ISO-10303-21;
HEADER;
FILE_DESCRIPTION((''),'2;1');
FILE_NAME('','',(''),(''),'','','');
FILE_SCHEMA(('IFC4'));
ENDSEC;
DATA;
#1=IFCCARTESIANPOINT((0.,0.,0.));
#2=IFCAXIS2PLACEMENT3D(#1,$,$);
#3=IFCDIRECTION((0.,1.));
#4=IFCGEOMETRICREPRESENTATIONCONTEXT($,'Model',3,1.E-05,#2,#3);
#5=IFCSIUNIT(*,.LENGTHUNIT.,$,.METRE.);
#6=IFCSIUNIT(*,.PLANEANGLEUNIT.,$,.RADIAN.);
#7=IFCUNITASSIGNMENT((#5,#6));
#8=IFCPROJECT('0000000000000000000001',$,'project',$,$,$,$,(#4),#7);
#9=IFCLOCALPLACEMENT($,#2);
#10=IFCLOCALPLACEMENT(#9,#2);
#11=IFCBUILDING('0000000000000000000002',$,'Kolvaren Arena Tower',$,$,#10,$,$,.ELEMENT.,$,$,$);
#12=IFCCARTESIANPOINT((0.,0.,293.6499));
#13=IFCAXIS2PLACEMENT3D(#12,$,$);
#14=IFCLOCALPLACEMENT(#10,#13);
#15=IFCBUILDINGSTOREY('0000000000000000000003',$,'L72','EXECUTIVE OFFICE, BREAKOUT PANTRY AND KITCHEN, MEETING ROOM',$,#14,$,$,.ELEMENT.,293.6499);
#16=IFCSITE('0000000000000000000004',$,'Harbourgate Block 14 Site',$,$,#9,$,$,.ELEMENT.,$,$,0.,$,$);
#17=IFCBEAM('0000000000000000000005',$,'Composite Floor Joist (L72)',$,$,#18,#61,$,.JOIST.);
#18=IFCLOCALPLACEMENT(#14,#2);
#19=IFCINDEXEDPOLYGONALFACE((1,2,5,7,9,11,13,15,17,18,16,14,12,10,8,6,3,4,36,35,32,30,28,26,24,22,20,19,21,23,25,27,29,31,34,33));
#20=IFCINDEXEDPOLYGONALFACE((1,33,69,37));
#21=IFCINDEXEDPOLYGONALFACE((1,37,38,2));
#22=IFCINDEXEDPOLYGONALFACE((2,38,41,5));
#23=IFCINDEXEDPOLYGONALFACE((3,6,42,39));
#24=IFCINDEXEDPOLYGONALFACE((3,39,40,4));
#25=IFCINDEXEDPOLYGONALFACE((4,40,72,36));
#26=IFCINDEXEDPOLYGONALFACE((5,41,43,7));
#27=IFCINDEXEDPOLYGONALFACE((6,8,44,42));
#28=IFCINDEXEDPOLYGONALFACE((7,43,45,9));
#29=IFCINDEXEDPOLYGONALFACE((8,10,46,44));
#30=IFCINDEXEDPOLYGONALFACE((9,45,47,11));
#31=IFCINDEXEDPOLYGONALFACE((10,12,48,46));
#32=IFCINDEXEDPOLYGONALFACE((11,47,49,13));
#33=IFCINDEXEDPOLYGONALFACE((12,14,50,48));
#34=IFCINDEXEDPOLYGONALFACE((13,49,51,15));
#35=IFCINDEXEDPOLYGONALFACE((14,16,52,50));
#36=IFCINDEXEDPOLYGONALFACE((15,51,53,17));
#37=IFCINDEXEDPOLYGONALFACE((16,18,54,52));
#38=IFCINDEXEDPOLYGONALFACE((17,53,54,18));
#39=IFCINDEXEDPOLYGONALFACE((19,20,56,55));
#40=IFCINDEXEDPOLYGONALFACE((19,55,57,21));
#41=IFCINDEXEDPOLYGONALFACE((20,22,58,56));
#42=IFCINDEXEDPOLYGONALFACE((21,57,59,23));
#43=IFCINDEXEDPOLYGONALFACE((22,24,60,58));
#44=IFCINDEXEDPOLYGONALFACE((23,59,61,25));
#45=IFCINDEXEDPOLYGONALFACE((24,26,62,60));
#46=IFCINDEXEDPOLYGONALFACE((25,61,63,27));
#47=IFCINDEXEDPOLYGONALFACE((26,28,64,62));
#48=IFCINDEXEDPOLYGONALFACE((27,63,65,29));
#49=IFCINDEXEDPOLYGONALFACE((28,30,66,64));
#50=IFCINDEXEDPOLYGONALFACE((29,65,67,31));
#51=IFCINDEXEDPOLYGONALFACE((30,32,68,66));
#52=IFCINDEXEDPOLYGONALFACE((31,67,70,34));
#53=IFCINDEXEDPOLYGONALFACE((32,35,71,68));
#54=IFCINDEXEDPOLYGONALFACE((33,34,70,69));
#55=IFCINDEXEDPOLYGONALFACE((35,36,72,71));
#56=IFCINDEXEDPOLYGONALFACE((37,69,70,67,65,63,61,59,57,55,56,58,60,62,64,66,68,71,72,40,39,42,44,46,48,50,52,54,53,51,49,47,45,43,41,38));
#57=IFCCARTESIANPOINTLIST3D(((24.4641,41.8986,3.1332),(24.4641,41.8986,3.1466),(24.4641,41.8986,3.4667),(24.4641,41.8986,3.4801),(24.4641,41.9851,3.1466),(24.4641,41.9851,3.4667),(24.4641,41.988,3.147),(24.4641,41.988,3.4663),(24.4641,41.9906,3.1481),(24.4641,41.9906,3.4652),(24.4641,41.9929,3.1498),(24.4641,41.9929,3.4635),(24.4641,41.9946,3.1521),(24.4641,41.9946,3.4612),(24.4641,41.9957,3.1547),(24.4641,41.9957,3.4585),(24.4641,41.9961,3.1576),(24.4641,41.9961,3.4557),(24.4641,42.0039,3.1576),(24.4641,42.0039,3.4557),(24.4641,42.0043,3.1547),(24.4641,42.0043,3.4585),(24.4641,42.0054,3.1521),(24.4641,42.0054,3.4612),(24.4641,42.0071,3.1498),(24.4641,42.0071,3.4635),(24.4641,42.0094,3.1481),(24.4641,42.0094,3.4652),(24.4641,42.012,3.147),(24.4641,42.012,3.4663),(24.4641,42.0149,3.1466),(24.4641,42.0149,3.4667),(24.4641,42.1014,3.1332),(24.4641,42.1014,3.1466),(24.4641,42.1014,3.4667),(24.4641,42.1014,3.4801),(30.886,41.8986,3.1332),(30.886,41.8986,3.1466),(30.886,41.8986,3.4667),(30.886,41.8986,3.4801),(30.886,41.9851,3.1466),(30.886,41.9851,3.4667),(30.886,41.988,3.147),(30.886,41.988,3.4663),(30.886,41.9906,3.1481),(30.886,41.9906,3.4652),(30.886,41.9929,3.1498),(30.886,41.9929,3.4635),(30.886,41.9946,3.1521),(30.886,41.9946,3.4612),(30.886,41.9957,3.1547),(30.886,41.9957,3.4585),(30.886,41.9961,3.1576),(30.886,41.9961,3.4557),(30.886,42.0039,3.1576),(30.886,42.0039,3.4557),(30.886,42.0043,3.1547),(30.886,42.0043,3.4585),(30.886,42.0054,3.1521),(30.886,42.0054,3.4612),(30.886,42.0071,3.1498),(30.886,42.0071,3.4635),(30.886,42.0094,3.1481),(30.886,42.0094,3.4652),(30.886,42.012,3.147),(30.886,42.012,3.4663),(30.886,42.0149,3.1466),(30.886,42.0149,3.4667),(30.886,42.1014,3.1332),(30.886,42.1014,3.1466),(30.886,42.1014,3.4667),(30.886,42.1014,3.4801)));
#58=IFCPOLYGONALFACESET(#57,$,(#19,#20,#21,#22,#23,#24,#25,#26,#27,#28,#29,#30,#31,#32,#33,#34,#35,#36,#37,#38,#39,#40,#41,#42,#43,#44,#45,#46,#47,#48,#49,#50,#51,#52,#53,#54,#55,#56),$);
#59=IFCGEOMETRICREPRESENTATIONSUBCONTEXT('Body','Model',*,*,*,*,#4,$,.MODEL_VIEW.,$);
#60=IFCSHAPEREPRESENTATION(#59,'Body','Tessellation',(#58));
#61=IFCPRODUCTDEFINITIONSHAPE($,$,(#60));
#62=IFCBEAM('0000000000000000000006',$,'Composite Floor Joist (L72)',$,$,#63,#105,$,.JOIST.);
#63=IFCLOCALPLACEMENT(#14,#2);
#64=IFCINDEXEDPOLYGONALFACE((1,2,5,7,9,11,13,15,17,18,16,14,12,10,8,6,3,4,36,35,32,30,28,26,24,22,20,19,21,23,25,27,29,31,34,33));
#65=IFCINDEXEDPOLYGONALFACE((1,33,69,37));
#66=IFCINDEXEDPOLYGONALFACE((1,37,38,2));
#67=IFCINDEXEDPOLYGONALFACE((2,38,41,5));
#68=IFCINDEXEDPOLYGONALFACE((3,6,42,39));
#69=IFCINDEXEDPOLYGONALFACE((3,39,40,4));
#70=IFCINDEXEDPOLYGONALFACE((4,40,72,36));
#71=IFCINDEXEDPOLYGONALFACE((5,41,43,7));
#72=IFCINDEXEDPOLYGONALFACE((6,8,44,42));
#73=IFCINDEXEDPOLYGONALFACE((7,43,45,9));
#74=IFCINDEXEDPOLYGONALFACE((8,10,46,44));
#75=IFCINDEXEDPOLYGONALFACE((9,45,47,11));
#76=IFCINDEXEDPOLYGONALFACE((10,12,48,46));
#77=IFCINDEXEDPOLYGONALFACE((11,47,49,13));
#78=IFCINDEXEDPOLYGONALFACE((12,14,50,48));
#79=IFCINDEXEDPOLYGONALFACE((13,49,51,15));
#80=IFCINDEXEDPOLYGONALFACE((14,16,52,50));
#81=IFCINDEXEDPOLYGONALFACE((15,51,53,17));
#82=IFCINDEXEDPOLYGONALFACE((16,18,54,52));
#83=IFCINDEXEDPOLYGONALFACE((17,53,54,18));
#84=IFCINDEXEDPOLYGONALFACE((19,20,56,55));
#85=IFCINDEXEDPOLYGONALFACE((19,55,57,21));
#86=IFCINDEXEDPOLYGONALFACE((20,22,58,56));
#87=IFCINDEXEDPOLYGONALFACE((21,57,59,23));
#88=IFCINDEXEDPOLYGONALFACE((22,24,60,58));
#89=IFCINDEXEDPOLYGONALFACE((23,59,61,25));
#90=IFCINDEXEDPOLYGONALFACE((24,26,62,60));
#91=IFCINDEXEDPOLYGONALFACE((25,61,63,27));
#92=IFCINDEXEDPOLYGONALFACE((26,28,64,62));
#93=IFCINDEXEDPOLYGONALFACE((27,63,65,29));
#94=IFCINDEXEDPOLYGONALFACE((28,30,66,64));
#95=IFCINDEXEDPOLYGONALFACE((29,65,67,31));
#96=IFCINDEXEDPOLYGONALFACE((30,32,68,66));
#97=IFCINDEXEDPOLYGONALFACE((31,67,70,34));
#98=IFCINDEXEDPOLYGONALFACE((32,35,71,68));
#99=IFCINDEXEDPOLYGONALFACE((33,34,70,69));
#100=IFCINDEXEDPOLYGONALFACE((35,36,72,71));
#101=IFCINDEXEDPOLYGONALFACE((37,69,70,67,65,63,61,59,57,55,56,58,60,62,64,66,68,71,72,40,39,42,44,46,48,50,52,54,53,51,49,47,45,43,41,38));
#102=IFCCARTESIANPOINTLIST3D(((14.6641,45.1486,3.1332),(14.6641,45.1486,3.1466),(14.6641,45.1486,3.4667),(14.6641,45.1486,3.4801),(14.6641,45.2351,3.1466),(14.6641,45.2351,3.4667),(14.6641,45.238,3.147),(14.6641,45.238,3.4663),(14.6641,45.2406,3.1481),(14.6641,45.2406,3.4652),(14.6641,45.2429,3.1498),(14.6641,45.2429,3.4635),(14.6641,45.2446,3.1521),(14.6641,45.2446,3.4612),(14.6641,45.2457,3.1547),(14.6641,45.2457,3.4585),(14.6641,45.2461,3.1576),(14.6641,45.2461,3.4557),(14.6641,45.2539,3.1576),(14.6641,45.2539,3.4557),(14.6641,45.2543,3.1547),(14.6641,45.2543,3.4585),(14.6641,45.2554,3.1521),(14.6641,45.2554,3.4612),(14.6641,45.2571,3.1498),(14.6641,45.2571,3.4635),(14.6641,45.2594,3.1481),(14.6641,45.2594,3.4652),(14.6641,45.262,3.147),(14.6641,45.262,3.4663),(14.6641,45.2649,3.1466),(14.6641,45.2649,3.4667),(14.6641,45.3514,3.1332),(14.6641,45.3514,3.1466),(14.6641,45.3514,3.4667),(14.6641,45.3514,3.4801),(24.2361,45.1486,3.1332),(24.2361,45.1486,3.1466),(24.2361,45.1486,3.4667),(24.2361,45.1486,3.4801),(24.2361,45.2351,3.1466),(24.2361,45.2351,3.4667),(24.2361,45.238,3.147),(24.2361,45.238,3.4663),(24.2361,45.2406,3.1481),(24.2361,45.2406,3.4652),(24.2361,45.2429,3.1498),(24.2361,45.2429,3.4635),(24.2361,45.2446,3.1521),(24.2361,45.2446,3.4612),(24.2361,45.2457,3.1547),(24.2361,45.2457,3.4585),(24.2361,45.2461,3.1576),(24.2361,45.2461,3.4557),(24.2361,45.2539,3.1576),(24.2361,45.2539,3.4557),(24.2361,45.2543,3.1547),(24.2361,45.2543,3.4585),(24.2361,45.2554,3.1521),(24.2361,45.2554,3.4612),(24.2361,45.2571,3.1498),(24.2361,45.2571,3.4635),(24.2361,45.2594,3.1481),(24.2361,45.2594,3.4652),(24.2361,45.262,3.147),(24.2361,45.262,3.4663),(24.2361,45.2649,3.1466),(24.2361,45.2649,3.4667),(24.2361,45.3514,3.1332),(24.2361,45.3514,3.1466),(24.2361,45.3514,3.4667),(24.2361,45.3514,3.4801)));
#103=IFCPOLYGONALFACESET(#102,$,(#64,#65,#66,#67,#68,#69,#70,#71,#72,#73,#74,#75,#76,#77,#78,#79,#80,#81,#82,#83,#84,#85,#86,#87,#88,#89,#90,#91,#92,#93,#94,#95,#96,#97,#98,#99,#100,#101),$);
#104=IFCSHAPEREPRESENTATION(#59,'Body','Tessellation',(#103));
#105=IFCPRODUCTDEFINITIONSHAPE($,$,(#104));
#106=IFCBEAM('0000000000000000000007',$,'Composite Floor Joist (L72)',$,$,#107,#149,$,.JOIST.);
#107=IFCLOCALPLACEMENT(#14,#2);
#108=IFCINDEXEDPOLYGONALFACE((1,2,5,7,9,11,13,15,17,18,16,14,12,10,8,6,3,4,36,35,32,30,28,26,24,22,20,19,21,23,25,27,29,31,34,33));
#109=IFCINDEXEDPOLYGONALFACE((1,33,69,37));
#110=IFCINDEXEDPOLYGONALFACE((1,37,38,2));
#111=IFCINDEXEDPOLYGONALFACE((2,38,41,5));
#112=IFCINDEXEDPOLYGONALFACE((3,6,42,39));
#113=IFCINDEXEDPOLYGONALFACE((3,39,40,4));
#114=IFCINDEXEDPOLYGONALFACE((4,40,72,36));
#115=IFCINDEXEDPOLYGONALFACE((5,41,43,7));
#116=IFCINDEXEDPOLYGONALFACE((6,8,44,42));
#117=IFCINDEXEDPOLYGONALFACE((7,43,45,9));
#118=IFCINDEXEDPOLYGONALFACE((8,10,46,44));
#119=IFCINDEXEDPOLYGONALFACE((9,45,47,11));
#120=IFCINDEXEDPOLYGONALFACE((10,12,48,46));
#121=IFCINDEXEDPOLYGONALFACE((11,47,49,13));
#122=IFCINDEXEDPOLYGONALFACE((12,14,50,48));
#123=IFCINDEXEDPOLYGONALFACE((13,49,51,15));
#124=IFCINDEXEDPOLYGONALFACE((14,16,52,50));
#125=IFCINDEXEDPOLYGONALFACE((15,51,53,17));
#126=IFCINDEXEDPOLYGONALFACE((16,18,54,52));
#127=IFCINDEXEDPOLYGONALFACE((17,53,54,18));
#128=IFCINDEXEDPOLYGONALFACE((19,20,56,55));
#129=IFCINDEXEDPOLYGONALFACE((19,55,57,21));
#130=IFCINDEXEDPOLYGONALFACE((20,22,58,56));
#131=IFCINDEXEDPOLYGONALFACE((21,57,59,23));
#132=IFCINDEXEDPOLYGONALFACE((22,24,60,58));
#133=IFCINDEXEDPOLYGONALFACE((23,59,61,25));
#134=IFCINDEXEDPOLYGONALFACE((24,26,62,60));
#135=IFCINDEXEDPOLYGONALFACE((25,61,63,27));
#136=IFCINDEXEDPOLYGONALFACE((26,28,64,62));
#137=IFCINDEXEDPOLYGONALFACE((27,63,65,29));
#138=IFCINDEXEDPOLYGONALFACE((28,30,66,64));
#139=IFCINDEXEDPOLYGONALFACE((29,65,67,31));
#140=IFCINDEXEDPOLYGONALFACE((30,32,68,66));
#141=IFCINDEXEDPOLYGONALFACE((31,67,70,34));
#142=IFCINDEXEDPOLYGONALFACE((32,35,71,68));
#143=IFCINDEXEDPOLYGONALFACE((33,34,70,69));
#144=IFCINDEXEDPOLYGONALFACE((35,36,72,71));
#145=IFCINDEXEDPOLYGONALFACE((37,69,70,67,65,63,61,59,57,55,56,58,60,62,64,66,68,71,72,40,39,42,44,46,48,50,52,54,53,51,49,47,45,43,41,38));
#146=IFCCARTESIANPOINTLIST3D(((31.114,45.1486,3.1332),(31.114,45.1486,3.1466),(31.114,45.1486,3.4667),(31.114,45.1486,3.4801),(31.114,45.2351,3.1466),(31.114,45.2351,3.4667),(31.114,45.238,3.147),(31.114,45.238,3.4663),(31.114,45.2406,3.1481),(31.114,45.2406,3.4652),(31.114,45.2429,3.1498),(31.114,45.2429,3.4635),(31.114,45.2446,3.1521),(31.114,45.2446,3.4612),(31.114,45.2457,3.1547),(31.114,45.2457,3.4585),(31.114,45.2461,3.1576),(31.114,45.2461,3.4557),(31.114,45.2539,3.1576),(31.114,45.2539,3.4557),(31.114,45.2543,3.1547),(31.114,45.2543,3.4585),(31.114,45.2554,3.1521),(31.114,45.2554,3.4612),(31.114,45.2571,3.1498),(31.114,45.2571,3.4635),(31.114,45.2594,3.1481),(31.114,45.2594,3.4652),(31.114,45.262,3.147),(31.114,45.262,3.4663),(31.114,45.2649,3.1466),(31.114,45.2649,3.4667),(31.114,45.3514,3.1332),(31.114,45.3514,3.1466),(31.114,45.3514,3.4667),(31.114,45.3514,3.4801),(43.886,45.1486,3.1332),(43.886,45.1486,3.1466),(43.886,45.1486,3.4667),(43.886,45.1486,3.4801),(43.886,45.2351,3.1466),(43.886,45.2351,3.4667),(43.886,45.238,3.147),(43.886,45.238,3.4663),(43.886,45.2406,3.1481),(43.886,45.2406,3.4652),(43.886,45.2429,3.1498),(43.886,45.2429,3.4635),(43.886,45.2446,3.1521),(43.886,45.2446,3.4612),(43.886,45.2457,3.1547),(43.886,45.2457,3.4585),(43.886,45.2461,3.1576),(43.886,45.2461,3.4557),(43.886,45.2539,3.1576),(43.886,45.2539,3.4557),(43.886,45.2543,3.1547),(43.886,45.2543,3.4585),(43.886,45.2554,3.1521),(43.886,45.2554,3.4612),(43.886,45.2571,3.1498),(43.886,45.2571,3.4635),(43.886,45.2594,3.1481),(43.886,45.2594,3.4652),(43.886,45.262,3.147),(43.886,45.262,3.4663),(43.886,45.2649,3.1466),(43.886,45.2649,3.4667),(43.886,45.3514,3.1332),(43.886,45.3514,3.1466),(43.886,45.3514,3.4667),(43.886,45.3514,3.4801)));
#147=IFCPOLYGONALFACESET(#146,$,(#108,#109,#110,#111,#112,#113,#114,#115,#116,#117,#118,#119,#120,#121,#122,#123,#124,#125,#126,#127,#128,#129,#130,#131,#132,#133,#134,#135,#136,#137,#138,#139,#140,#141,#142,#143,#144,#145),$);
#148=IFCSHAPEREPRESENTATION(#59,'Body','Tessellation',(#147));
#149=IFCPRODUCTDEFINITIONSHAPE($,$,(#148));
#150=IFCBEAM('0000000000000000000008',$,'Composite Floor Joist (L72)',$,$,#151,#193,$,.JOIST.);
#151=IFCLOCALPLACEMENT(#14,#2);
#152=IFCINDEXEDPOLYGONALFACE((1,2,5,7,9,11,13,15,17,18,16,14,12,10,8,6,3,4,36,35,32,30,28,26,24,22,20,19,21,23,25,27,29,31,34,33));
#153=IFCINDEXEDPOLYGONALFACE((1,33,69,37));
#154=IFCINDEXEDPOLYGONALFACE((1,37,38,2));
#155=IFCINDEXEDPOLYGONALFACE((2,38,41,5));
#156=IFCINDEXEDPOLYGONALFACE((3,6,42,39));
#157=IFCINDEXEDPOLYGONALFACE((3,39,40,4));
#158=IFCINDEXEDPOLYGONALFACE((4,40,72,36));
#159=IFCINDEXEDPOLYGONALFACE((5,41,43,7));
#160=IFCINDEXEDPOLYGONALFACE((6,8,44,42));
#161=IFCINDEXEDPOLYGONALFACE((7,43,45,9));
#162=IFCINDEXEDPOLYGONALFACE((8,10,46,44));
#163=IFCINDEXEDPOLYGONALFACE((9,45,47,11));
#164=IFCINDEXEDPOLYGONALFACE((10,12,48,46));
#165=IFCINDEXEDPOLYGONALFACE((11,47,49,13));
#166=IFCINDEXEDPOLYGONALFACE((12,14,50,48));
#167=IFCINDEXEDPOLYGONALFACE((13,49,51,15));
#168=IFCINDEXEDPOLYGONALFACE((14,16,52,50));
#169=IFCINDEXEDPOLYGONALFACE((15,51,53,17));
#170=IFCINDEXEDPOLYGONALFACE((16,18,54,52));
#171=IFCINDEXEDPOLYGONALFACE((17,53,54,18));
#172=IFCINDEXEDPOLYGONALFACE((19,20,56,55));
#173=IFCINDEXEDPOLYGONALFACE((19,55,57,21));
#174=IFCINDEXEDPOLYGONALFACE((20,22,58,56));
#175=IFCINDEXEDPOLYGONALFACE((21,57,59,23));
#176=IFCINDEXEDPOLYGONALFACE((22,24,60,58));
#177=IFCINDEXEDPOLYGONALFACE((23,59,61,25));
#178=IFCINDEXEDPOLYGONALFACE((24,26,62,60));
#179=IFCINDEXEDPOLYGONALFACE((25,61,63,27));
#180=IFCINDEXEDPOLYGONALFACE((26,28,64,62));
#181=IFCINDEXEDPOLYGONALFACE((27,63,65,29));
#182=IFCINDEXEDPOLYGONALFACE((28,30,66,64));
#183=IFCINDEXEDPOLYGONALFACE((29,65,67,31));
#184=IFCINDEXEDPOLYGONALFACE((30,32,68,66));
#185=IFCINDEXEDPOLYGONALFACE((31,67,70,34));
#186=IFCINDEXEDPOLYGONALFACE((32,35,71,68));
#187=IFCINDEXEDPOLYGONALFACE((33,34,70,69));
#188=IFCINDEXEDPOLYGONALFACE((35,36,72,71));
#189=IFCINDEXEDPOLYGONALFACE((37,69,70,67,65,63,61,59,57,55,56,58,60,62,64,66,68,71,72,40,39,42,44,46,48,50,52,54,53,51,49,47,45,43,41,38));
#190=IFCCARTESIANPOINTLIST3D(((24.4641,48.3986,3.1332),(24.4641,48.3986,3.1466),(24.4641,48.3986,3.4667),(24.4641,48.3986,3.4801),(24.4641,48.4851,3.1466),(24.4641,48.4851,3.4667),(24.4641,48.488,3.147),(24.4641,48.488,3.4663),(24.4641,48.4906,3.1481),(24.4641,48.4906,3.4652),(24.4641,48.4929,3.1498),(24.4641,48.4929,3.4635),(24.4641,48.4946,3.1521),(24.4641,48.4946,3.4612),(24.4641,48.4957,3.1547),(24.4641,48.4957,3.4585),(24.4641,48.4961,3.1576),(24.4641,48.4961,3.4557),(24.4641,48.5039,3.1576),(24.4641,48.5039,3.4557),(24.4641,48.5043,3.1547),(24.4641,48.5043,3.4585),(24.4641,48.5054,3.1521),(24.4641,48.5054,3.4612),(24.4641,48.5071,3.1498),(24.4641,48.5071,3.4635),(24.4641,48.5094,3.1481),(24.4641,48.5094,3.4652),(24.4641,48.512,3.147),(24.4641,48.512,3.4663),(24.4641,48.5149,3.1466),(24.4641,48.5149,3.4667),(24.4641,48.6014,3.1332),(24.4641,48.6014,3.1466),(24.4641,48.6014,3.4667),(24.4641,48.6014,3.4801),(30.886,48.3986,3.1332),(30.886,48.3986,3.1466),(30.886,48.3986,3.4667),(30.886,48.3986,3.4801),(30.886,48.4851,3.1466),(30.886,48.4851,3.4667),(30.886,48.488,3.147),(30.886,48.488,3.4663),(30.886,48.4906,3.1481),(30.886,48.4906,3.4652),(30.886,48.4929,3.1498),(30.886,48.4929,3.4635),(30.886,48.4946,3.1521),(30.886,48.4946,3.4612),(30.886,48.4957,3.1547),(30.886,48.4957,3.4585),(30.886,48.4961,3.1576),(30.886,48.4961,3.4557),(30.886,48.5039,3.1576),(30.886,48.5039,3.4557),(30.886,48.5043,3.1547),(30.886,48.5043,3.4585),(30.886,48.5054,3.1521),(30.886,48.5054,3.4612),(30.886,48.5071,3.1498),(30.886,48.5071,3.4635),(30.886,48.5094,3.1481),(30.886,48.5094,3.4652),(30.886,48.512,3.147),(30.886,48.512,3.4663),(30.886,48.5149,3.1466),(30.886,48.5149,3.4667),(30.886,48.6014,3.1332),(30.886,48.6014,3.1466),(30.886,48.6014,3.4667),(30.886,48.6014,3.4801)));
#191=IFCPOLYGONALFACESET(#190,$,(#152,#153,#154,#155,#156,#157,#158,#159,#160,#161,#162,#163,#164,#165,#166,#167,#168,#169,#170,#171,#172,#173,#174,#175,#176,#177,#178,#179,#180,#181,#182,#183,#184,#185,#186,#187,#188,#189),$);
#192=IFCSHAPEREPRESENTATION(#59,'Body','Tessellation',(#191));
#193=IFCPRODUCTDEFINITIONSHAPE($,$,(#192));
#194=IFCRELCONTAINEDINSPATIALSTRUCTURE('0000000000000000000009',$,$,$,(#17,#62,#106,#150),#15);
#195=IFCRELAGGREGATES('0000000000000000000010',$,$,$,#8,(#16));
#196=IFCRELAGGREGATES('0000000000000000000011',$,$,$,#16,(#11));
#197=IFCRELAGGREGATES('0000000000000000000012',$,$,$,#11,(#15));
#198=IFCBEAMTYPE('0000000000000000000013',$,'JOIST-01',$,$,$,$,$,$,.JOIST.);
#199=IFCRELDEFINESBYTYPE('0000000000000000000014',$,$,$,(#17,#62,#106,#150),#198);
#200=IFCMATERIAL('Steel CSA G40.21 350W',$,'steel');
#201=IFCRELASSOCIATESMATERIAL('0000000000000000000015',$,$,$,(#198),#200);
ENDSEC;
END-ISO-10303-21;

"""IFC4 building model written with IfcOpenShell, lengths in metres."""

from ifc_helpers import new_model, si_unit, direction, frame, origin, origin_2d, place, context, subcontext, project, spatial, i_section, extrude, material, material_profile, profile_set, type_object, element, save


model = new_model("IFC4")

# Units and contexts
model_context = context("Model", 3, precision=1e-05, world=origin(), true_north=direction((0.0, 1.0)))
body_context = subcontext(model_context, "Body", "Model", "MODEL_VIEW")
ifc_project = project(units=[si_unit("LENGTHUNIT", "METRE"), si_unit("PLANEANGLEUNIT", "RADIAN")], contexts=[model_context])

# Site, building, storey
site_placement = place(None, origin())
site = spatial("IfcSite", under=ifc_project, at=site_placement, Name="Harbourgate Block 14 Site", CompositionType="ELEMENT", RefElevation=0.0)
building_placement = place(site_placement, origin())
building = spatial("IfcBuilding", under=site, at=building_placement, Name="Kolvaren Arena Tower", CompositionType="ELEMENT")
storey_placement = place(building_placement, frame((0.0, 0.0, 293.6499)))
storey = spatial("IfcBuildingStorey", under=building, at=storey_placement, Name="L72", Description="EXECUTIVE OFFICE, BREAKOUT PANTRY AND KITCHEN, MEETING ROOM", CompositionType="ELEMENT", Elevation=293.6499)

# Beams
ifc_material_1 = material(Name="Steel CSA G40.21 350W", Category="steel")
ifc_material_profile_1 = material_profile(ifc_material_1, i_section(OverallWidth=0.2029, OverallDepth=0.3469, WebThickness=0.0078, FlangeThickness=0.0134, FilletRadius=0.011, at=origin_2d()), Name="W360x64")
ifc_profile_set_1 = profile_set([ifc_material_profile_1], Name="Steel CSA G40.21 350W")
beam_type_1 = type_object("IfcBeamType", Name="JOIST-01", PredefinedType="JOIST", material=ifc_profile_set_1)
beam_1_placement = place(storey_placement, frame((24.4641, 42.0, 3.3066), z_axis=(1.0, 0.0, 0.0), x_axis=(0.0, 1.0, 0.0)))
element("IfcBeam", 1, at=beam_1_placement, inside=storey, type_object=beam_type_1, Name="Composite Floor Joist (L72)", PredefinedType="JOIST", context=body_context, shape_type="SweptSolid", body=[
    extrude(i_section(OverallWidth=0.2029, OverallDepth=0.3469, WebThickness=0.0078, FlangeThickness=0.0134, FilletRadius=0.011, at=origin_2d()), origin(), (0.0, 0.0, 1.0), 6.4219),
])
beam_2_placement = place(storey_placement, frame((14.6641, 45.25, 3.3066), z_axis=(1.0, 0.0, 0.0), x_axis=(0.0, 1.0, 0.0)))
element("IfcBeam", 2, at=beam_2_placement, inside=storey, type_object=beam_type_1, Name="Composite Floor Joist (L72)", PredefinedType="JOIST", context=body_context, shape_type="SweptSolid", body=[
    extrude(i_section(OverallWidth=0.2029, OverallDepth=0.3469, WebThickness=0.0078, FlangeThickness=0.0134, FilletRadius=0.011, at=origin_2d()), origin(), (0.0, 0.0, 1.0), 9.572),
])
beam_3_placement = place(storey_placement, frame((31.114, 45.25, 3.3066), z_axis=(1.0, 0.0, 0.0), x_axis=(0.0, 1.0, 0.0)))
element("IfcBeam", 3, at=beam_3_placement, inside=storey, type_object=beam_type_1, Name="Composite Floor Joist (L72)", PredefinedType="JOIST", context=body_context, shape_type="SweptSolid", body=[
    extrude(i_section(OverallWidth=0.2029, OverallDepth=0.3469, WebThickness=0.0078, FlangeThickness=0.0134, FilletRadius=0.011, at=origin_2d()), origin(), (0.0, 0.0, 1.0), 12.772),
])
beam_4_placement = place(storey_placement, frame((24.4641, 48.5, 3.3066), z_axis=(1.0, 0.0, 0.0), x_axis=(0.0, 1.0, 0.0)))
element("IfcBeam", 4, at=beam_4_placement, inside=storey, type_object=beam_type_1, Name="Composite Floor Joist (L72)", PredefinedType="JOIST", context=body_context, shape_type="SweptSolid", body=[
    extrude(i_section(OverallWidth=0.2029, OverallDepth=0.3469, WebThickness=0.0078, FlangeThickness=0.0134, FilletRadius=0.011, at=origin_2d()), origin(), (0.0, 0.0, 1.0), 6.4219),
])

save(model, "model.ifc")
